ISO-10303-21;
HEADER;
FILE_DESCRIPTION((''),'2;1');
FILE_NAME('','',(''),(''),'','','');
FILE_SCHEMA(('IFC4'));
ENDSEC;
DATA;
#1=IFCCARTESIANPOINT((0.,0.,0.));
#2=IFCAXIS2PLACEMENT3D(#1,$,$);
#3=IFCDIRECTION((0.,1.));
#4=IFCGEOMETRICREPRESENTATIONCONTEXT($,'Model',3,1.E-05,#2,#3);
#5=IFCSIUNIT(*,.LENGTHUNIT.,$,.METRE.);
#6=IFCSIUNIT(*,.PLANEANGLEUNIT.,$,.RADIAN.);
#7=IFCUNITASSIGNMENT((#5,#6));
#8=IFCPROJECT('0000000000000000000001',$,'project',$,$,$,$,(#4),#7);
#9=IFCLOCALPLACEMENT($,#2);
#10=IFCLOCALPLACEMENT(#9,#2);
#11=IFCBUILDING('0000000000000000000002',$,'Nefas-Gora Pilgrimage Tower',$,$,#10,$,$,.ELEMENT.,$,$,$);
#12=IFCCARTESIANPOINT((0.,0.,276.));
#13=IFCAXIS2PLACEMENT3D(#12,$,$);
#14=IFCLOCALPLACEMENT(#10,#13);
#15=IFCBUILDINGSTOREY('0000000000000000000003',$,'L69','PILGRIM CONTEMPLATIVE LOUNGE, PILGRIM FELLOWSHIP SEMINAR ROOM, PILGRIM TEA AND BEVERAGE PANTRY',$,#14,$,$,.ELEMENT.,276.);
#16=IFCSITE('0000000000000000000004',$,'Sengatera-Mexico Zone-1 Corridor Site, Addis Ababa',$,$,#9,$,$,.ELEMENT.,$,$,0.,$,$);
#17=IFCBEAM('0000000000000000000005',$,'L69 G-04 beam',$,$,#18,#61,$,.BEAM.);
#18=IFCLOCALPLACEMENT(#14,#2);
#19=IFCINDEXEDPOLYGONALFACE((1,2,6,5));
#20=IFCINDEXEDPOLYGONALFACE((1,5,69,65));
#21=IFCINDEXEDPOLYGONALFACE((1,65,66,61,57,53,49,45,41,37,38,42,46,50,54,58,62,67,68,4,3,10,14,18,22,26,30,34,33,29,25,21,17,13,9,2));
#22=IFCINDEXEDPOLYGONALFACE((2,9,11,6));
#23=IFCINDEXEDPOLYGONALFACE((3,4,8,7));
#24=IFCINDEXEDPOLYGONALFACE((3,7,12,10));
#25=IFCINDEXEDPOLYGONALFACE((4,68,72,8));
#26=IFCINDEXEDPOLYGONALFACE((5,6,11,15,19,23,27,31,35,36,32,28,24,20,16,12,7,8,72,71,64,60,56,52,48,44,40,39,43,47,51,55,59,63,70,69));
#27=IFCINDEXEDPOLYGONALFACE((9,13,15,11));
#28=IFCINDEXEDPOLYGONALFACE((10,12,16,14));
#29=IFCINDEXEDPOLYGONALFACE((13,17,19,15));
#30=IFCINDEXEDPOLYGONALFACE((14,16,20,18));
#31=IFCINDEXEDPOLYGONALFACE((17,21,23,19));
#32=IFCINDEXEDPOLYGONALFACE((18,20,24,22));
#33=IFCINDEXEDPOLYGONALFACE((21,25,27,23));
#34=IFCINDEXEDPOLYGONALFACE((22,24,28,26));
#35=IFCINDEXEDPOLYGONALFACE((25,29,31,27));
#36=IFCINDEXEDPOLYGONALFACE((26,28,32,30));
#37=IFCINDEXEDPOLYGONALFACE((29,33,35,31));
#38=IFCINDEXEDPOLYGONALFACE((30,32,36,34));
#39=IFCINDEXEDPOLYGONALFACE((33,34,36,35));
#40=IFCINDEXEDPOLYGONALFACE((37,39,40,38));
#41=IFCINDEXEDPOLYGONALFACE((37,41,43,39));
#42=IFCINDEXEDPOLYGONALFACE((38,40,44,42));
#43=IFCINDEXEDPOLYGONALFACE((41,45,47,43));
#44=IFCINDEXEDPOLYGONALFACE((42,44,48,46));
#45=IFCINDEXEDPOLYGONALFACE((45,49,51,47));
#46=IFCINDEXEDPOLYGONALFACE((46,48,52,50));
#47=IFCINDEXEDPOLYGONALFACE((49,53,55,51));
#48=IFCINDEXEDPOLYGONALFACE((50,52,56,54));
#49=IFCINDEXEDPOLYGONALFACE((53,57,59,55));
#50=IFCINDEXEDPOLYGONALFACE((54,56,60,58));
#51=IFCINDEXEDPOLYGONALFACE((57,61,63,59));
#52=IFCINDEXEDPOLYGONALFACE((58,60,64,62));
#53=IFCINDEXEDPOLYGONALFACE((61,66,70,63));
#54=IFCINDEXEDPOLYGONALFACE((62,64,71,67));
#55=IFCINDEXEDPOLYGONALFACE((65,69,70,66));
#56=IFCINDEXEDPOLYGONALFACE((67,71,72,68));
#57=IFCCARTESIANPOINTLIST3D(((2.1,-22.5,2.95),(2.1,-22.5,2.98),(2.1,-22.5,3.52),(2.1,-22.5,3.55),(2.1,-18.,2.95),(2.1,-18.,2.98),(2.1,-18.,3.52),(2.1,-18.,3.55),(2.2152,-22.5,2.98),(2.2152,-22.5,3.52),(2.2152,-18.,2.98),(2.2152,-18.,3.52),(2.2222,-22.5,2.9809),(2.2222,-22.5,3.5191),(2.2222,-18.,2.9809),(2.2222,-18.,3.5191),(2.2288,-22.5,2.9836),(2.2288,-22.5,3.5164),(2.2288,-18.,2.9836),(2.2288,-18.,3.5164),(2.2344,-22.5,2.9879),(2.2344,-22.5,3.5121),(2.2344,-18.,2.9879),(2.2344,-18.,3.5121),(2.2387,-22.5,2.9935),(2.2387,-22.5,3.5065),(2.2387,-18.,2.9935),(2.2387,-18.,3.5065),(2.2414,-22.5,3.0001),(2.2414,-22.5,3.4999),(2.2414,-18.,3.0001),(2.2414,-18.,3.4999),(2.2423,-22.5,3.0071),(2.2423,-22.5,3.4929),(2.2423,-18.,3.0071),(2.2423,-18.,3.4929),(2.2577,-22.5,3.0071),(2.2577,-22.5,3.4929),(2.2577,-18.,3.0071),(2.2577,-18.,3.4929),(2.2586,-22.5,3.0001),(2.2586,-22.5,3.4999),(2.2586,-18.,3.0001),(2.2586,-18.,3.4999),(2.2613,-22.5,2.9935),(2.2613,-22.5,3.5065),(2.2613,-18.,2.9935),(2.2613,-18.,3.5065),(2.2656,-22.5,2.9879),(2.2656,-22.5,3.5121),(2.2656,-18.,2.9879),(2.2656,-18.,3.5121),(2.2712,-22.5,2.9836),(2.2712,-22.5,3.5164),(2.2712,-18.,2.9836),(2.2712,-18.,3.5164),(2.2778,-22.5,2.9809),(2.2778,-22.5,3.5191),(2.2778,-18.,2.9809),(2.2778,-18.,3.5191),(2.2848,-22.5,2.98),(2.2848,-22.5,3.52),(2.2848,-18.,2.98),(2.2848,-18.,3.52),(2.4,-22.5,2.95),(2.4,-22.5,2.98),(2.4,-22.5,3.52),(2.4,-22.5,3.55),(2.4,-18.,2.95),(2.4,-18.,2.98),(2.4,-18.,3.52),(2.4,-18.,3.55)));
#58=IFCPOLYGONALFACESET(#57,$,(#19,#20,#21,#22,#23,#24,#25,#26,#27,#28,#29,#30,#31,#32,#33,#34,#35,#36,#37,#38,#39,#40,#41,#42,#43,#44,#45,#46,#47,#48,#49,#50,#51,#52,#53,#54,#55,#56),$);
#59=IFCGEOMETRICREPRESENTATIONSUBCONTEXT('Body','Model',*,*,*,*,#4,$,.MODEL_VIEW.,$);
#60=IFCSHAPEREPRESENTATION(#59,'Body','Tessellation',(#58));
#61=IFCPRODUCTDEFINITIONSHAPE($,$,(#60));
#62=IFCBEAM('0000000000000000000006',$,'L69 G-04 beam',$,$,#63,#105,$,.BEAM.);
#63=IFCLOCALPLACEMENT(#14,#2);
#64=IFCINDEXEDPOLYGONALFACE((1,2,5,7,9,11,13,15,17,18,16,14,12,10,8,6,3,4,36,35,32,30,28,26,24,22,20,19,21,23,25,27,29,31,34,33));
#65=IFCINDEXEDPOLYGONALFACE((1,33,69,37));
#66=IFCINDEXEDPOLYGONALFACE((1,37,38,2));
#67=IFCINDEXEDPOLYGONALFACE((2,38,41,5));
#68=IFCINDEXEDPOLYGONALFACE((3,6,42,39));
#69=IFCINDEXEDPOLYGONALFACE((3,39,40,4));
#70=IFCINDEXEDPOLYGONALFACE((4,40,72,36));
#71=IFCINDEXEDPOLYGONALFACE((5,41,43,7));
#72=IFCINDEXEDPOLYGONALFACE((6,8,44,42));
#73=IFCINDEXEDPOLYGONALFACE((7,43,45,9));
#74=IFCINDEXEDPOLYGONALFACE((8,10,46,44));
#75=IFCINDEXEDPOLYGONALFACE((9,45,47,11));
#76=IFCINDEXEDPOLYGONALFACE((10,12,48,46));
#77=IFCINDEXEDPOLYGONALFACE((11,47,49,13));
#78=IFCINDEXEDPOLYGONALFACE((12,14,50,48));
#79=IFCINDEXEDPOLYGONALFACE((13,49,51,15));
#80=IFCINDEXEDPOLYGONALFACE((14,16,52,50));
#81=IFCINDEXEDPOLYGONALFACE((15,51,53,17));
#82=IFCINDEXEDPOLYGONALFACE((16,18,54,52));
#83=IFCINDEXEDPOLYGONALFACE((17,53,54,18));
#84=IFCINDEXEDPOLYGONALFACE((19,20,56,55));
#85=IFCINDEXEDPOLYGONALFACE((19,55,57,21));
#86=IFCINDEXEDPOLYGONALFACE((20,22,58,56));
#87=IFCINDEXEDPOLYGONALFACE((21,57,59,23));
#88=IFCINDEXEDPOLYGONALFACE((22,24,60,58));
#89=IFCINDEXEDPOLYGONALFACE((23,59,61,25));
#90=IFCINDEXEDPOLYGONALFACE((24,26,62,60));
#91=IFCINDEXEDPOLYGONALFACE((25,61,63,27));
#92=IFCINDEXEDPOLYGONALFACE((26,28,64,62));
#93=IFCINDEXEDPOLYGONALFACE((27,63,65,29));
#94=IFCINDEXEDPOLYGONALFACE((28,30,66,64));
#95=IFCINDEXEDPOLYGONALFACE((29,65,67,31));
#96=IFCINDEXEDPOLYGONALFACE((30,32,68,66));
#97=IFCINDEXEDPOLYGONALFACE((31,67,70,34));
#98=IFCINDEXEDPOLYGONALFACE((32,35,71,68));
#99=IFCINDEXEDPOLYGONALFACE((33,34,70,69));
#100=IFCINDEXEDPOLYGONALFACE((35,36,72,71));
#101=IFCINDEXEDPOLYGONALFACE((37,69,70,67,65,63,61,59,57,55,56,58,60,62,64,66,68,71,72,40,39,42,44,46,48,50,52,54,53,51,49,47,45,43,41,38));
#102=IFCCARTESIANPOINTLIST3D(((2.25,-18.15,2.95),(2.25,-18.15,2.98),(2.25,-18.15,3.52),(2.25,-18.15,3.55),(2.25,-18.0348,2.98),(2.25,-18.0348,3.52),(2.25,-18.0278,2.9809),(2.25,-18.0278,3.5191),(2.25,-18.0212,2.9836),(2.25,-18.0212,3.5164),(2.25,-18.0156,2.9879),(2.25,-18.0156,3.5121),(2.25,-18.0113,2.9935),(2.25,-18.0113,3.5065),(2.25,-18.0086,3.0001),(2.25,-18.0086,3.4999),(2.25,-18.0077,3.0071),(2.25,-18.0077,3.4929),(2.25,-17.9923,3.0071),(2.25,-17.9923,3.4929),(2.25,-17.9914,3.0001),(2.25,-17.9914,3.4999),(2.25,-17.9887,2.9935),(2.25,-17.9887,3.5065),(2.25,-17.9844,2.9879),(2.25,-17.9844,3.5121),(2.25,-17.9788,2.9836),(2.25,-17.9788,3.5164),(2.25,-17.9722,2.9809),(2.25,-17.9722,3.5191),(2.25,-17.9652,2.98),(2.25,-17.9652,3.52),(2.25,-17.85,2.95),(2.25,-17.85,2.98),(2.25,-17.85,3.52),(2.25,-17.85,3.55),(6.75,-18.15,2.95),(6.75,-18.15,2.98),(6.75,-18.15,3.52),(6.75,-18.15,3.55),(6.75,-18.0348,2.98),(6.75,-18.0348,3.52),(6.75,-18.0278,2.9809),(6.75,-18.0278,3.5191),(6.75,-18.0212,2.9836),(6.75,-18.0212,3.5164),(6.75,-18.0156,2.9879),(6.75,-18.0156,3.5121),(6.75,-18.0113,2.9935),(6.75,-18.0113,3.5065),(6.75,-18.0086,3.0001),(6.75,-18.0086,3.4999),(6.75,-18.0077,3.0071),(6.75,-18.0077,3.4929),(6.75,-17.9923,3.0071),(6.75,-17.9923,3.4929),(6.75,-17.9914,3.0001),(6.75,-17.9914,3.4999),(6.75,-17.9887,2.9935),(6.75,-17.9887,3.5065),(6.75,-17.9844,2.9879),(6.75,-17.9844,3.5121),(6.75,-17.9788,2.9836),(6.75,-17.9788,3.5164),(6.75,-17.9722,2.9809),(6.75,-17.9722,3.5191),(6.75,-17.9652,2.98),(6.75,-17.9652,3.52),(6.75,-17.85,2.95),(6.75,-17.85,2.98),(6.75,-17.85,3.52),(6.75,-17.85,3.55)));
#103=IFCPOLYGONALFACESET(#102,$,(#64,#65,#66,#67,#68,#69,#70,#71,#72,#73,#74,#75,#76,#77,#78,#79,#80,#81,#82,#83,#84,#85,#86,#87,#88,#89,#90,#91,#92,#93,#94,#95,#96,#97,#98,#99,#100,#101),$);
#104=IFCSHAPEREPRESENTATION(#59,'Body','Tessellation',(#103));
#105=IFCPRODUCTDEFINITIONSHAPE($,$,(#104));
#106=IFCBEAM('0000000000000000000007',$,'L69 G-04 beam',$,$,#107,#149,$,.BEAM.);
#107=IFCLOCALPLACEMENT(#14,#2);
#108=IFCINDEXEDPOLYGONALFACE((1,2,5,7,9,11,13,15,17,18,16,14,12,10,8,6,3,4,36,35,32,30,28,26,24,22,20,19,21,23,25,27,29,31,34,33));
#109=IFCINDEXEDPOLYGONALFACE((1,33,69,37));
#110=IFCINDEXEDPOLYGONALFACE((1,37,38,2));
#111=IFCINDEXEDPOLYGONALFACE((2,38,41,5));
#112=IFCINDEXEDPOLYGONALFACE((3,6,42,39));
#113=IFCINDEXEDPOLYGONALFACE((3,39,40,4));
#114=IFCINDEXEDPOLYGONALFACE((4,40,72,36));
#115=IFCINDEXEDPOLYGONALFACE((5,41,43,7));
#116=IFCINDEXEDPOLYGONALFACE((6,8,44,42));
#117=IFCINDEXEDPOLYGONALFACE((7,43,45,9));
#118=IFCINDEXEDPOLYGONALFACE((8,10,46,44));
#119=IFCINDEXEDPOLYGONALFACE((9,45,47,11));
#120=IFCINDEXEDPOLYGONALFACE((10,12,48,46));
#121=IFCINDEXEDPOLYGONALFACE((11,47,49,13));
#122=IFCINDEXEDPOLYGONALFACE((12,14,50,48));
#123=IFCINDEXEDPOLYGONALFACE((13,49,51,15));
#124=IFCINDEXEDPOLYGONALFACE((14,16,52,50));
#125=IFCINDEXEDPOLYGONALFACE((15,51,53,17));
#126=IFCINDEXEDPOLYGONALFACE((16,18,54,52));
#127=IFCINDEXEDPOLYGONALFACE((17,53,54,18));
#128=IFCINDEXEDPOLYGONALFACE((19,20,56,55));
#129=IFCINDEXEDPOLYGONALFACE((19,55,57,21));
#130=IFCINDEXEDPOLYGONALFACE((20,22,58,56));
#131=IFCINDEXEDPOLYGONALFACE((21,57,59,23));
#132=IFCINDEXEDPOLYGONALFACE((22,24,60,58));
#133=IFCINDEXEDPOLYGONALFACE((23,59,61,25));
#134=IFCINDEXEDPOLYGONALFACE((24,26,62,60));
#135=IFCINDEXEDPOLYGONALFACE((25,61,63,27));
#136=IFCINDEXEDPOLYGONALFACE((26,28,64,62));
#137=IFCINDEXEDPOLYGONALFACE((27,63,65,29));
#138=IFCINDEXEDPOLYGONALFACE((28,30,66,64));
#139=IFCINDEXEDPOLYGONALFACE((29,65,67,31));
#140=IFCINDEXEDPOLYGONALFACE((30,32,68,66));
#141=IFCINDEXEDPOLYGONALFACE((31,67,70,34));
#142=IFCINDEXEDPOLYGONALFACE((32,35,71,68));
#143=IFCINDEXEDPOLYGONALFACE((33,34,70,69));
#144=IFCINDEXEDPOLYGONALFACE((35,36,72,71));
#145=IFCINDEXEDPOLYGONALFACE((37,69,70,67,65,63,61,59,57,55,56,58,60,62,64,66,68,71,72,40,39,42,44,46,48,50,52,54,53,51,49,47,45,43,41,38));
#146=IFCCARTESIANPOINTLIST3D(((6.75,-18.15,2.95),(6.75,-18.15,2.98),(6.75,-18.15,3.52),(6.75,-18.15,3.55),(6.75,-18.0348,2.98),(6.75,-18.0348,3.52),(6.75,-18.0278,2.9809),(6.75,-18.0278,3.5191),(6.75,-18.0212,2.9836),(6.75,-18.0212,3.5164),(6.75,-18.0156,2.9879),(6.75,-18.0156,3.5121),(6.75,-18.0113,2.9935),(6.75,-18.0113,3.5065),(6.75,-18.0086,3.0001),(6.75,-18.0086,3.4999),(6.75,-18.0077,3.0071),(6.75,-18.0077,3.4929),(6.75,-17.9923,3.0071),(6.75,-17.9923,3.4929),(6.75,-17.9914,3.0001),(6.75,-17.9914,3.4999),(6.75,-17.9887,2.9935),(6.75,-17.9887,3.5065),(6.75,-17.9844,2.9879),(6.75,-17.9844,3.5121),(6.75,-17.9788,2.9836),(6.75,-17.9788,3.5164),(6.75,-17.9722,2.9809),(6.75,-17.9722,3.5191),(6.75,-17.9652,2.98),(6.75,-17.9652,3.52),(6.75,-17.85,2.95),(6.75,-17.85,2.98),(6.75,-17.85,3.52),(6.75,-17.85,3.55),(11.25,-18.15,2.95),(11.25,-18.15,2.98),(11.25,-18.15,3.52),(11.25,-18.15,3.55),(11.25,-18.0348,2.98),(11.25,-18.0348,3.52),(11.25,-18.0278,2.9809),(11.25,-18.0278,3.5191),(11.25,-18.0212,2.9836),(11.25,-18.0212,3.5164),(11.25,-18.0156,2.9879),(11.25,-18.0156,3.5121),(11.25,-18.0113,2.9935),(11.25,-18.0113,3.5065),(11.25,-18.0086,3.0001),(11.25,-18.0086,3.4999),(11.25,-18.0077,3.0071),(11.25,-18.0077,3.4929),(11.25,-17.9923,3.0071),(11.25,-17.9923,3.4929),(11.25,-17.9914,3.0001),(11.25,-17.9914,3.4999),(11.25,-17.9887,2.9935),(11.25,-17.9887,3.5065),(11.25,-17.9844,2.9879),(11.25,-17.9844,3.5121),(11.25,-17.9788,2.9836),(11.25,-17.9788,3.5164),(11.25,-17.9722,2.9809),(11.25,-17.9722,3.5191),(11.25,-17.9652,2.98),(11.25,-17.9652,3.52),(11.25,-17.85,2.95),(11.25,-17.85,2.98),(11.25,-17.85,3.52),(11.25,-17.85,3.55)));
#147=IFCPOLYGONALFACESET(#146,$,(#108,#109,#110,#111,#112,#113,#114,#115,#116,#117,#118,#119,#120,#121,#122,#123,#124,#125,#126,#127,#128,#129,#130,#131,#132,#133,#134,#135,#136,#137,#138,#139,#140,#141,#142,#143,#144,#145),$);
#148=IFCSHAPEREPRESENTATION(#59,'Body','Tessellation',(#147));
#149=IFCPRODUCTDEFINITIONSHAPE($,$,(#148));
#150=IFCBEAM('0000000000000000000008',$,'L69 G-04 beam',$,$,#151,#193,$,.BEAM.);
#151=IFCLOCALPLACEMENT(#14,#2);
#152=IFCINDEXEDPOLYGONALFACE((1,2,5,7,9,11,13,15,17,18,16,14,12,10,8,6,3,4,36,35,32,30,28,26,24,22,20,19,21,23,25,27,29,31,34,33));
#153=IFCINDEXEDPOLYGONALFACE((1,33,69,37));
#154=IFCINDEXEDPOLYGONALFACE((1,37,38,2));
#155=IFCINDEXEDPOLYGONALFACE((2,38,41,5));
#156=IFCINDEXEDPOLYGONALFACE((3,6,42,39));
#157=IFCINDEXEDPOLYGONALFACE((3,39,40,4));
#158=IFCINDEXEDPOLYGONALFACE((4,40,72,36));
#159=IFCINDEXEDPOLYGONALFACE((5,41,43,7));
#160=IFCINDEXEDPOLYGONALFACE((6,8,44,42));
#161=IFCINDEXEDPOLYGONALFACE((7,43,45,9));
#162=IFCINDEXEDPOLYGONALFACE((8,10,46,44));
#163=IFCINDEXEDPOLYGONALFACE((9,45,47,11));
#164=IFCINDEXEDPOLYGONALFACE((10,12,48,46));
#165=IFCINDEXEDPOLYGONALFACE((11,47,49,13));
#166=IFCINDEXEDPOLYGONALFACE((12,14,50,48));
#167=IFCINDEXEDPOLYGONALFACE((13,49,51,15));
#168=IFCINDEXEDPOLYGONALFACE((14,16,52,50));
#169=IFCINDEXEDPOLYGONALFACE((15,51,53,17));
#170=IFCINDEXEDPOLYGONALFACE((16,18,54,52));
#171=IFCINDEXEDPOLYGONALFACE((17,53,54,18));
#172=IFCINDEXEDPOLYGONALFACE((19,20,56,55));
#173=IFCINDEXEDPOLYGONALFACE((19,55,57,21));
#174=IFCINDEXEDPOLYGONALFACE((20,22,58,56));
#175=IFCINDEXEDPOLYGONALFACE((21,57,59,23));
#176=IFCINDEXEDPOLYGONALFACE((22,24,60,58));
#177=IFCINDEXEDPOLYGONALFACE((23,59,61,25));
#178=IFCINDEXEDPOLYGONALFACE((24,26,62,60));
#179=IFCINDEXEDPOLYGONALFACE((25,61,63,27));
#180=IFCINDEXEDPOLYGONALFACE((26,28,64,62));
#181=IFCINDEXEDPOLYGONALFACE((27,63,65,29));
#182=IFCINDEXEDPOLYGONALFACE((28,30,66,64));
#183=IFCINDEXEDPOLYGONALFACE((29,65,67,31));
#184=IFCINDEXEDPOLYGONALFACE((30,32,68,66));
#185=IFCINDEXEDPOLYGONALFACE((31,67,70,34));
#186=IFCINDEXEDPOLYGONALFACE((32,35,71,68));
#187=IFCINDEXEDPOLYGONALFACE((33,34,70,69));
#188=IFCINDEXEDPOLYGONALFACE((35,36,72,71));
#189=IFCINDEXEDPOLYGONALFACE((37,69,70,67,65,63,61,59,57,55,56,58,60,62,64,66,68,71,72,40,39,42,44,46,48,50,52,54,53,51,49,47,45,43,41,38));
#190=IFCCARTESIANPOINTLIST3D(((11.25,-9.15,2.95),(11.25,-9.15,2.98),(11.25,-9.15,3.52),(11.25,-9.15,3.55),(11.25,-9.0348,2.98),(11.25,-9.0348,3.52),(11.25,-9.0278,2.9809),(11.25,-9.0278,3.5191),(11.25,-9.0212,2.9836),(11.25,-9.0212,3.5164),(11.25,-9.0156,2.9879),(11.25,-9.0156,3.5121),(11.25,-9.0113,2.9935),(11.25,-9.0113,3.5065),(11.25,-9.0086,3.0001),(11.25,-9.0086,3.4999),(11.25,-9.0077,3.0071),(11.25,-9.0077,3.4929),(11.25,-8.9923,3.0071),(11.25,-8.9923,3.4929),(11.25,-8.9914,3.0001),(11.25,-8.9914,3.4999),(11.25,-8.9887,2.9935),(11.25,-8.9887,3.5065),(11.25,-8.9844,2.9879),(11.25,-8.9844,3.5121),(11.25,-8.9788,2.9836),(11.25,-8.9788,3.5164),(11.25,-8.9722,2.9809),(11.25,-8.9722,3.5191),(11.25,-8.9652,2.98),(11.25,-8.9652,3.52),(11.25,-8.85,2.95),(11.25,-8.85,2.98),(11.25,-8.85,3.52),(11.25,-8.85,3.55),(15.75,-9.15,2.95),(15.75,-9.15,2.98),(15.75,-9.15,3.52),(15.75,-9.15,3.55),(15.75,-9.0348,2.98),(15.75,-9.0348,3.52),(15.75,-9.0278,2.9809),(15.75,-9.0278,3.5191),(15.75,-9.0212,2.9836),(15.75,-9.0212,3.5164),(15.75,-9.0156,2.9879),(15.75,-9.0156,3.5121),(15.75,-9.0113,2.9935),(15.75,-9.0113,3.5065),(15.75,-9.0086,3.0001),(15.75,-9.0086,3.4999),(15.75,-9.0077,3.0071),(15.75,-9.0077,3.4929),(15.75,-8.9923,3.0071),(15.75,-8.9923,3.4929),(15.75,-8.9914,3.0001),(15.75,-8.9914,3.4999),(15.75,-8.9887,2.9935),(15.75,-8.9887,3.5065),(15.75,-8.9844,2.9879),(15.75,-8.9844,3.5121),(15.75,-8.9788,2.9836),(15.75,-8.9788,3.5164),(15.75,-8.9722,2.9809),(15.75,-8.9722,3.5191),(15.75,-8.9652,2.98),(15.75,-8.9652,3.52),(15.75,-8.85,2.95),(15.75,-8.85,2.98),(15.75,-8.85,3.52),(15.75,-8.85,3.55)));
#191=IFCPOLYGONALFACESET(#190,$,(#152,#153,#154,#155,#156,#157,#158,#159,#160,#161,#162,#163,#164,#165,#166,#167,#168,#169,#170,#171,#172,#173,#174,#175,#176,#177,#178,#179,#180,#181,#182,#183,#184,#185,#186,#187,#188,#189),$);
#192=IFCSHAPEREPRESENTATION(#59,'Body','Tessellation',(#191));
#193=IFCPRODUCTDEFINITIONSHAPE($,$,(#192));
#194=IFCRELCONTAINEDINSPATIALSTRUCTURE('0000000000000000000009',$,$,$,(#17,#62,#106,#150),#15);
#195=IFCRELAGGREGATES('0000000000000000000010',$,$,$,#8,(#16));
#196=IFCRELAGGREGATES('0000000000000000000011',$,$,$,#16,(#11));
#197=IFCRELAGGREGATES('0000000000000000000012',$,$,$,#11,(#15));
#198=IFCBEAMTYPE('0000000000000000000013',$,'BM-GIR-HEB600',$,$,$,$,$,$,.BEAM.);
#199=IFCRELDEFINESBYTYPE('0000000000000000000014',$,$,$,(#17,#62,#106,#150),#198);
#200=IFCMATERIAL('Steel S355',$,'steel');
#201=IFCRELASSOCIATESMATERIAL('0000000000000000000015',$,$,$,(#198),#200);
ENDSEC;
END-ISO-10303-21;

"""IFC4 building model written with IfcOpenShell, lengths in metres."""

from ifc_helpers import new_model, si_unit, direction, frame, origin, origin_2d, place, context, subcontext, project, spatial, i_section, extrude, source, transform, mapped, material, material_profile, profile_set, type_object, element, save


model = new_model("IFC4")

# Units and contexts
model_context = context("Model", 3, precision=1e-05, world=origin(), true_north=direction((0.0, 1.0)))
body_context = subcontext(model_context, "Body", "Model", "MODEL_VIEW")
ifc_project = project(units=[si_unit("LENGTHUNIT", "METRE"), si_unit("PLANEANGLEUNIT", "RADIAN")], contexts=[model_context])

# Site, building, storey
site_placement = place(None, origin())
site = spatial("IfcSite", under=ifc_project, at=site_placement, Name="Sengatera-Mexico Zone-1 Corridor Site, Addis Ababa", CompositionType="ELEMENT", RefElevation=0.0)
building_placement = place(site_placement, origin())
building = spatial("IfcBuilding", under=site, at=building_placement, Name="Nefas-Gora Pilgrimage Tower", CompositionType="ELEMENT")
storey_placement = place(building_placement, frame((0.0, 0.0, 276.0)))
storey = spatial("IfcBuildingStorey", under=building, at=storey_placement, Name="L69", Description="PILGRIM CONTEMPLATIVE LOUNGE, PILGRIM FELLOWSHIP SEMINAR ROOM, PILGRIM TEA AND BEVERAGE PANTRY", CompositionType="ELEMENT", Elevation=276.0)

# Shared definitions
ifc_material_1 = material(Name="Steel S355", Category="steel")

# Beams
ifc_material_profile_1 = material_profile(ifc_material_1, i_section(OverallWidth=0.3, OverallDepth=0.6001, WebThickness=0.0154, FlangeThickness=0.03, FilletRadius=0.0271, at=origin_2d()), Name="HEB 600")
ifc_profile_set_1 = profile_set([ifc_material_profile_1], Name="Steel S355")
beam_type = type_object("IfcBeamType", Name="BM-GIR-HEB600", PredefinedType="BEAM", material=ifc_profile_set_1)
shared_shape_1 = source(origin(), body_context, "Body", "SweptSolid", [
    extrude(i_section(OverallWidth=0.3, OverallDepth=0.6001, WebThickness=0.0154, FlangeThickness=0.03, FilletRadius=0.0271, at=origin_2d()), origin(), (0.0, 0.0, 1.0), 4.5),
])
for number, where, z_axis, x_axis, name in (
    (1, (2.25, -22.5, 3.25), (0.0, 1.0, 0.0), (-1.0, 0.0, 0.0), "L69 G-04 beam"),
    (2, (2.25, -18.0, 3.25), (1.0, 0.0, 0.0), (0.0, 1.0, 0.0), "L69 G-04 beam"),
    (3, (6.75, -18.0, 3.25), (1.0, 0.0, 0.0), (0.0, 1.0, 0.0), "L69 G-04 beam"),
    (4, (11.25, -9.0, 3.25), (1.0, 0.0, 0.0), (0.0, 1.0, 0.0), "L69 G-04 beam"),
):
    element("IfcBeam", number, at=place(storey_placement, frame(where, z_axis=z_axis, x_axis=x_axis)), inside=storey, type_object=beam_type, Name=name, PredefinedType="BEAM", context=body_context, shape_type="MappedRepresentation", body=[
        mapped(shared_shape_1, transform((0.0, 0.0, 0.0), x_axis=(1.0, 0.0, 0.0), y_axis=(0.0, 1.0, 0.0), z_axis=(0.0, 0.0, 1.0), scale=1.0)),
    ])

save(model, "model.ifc")
